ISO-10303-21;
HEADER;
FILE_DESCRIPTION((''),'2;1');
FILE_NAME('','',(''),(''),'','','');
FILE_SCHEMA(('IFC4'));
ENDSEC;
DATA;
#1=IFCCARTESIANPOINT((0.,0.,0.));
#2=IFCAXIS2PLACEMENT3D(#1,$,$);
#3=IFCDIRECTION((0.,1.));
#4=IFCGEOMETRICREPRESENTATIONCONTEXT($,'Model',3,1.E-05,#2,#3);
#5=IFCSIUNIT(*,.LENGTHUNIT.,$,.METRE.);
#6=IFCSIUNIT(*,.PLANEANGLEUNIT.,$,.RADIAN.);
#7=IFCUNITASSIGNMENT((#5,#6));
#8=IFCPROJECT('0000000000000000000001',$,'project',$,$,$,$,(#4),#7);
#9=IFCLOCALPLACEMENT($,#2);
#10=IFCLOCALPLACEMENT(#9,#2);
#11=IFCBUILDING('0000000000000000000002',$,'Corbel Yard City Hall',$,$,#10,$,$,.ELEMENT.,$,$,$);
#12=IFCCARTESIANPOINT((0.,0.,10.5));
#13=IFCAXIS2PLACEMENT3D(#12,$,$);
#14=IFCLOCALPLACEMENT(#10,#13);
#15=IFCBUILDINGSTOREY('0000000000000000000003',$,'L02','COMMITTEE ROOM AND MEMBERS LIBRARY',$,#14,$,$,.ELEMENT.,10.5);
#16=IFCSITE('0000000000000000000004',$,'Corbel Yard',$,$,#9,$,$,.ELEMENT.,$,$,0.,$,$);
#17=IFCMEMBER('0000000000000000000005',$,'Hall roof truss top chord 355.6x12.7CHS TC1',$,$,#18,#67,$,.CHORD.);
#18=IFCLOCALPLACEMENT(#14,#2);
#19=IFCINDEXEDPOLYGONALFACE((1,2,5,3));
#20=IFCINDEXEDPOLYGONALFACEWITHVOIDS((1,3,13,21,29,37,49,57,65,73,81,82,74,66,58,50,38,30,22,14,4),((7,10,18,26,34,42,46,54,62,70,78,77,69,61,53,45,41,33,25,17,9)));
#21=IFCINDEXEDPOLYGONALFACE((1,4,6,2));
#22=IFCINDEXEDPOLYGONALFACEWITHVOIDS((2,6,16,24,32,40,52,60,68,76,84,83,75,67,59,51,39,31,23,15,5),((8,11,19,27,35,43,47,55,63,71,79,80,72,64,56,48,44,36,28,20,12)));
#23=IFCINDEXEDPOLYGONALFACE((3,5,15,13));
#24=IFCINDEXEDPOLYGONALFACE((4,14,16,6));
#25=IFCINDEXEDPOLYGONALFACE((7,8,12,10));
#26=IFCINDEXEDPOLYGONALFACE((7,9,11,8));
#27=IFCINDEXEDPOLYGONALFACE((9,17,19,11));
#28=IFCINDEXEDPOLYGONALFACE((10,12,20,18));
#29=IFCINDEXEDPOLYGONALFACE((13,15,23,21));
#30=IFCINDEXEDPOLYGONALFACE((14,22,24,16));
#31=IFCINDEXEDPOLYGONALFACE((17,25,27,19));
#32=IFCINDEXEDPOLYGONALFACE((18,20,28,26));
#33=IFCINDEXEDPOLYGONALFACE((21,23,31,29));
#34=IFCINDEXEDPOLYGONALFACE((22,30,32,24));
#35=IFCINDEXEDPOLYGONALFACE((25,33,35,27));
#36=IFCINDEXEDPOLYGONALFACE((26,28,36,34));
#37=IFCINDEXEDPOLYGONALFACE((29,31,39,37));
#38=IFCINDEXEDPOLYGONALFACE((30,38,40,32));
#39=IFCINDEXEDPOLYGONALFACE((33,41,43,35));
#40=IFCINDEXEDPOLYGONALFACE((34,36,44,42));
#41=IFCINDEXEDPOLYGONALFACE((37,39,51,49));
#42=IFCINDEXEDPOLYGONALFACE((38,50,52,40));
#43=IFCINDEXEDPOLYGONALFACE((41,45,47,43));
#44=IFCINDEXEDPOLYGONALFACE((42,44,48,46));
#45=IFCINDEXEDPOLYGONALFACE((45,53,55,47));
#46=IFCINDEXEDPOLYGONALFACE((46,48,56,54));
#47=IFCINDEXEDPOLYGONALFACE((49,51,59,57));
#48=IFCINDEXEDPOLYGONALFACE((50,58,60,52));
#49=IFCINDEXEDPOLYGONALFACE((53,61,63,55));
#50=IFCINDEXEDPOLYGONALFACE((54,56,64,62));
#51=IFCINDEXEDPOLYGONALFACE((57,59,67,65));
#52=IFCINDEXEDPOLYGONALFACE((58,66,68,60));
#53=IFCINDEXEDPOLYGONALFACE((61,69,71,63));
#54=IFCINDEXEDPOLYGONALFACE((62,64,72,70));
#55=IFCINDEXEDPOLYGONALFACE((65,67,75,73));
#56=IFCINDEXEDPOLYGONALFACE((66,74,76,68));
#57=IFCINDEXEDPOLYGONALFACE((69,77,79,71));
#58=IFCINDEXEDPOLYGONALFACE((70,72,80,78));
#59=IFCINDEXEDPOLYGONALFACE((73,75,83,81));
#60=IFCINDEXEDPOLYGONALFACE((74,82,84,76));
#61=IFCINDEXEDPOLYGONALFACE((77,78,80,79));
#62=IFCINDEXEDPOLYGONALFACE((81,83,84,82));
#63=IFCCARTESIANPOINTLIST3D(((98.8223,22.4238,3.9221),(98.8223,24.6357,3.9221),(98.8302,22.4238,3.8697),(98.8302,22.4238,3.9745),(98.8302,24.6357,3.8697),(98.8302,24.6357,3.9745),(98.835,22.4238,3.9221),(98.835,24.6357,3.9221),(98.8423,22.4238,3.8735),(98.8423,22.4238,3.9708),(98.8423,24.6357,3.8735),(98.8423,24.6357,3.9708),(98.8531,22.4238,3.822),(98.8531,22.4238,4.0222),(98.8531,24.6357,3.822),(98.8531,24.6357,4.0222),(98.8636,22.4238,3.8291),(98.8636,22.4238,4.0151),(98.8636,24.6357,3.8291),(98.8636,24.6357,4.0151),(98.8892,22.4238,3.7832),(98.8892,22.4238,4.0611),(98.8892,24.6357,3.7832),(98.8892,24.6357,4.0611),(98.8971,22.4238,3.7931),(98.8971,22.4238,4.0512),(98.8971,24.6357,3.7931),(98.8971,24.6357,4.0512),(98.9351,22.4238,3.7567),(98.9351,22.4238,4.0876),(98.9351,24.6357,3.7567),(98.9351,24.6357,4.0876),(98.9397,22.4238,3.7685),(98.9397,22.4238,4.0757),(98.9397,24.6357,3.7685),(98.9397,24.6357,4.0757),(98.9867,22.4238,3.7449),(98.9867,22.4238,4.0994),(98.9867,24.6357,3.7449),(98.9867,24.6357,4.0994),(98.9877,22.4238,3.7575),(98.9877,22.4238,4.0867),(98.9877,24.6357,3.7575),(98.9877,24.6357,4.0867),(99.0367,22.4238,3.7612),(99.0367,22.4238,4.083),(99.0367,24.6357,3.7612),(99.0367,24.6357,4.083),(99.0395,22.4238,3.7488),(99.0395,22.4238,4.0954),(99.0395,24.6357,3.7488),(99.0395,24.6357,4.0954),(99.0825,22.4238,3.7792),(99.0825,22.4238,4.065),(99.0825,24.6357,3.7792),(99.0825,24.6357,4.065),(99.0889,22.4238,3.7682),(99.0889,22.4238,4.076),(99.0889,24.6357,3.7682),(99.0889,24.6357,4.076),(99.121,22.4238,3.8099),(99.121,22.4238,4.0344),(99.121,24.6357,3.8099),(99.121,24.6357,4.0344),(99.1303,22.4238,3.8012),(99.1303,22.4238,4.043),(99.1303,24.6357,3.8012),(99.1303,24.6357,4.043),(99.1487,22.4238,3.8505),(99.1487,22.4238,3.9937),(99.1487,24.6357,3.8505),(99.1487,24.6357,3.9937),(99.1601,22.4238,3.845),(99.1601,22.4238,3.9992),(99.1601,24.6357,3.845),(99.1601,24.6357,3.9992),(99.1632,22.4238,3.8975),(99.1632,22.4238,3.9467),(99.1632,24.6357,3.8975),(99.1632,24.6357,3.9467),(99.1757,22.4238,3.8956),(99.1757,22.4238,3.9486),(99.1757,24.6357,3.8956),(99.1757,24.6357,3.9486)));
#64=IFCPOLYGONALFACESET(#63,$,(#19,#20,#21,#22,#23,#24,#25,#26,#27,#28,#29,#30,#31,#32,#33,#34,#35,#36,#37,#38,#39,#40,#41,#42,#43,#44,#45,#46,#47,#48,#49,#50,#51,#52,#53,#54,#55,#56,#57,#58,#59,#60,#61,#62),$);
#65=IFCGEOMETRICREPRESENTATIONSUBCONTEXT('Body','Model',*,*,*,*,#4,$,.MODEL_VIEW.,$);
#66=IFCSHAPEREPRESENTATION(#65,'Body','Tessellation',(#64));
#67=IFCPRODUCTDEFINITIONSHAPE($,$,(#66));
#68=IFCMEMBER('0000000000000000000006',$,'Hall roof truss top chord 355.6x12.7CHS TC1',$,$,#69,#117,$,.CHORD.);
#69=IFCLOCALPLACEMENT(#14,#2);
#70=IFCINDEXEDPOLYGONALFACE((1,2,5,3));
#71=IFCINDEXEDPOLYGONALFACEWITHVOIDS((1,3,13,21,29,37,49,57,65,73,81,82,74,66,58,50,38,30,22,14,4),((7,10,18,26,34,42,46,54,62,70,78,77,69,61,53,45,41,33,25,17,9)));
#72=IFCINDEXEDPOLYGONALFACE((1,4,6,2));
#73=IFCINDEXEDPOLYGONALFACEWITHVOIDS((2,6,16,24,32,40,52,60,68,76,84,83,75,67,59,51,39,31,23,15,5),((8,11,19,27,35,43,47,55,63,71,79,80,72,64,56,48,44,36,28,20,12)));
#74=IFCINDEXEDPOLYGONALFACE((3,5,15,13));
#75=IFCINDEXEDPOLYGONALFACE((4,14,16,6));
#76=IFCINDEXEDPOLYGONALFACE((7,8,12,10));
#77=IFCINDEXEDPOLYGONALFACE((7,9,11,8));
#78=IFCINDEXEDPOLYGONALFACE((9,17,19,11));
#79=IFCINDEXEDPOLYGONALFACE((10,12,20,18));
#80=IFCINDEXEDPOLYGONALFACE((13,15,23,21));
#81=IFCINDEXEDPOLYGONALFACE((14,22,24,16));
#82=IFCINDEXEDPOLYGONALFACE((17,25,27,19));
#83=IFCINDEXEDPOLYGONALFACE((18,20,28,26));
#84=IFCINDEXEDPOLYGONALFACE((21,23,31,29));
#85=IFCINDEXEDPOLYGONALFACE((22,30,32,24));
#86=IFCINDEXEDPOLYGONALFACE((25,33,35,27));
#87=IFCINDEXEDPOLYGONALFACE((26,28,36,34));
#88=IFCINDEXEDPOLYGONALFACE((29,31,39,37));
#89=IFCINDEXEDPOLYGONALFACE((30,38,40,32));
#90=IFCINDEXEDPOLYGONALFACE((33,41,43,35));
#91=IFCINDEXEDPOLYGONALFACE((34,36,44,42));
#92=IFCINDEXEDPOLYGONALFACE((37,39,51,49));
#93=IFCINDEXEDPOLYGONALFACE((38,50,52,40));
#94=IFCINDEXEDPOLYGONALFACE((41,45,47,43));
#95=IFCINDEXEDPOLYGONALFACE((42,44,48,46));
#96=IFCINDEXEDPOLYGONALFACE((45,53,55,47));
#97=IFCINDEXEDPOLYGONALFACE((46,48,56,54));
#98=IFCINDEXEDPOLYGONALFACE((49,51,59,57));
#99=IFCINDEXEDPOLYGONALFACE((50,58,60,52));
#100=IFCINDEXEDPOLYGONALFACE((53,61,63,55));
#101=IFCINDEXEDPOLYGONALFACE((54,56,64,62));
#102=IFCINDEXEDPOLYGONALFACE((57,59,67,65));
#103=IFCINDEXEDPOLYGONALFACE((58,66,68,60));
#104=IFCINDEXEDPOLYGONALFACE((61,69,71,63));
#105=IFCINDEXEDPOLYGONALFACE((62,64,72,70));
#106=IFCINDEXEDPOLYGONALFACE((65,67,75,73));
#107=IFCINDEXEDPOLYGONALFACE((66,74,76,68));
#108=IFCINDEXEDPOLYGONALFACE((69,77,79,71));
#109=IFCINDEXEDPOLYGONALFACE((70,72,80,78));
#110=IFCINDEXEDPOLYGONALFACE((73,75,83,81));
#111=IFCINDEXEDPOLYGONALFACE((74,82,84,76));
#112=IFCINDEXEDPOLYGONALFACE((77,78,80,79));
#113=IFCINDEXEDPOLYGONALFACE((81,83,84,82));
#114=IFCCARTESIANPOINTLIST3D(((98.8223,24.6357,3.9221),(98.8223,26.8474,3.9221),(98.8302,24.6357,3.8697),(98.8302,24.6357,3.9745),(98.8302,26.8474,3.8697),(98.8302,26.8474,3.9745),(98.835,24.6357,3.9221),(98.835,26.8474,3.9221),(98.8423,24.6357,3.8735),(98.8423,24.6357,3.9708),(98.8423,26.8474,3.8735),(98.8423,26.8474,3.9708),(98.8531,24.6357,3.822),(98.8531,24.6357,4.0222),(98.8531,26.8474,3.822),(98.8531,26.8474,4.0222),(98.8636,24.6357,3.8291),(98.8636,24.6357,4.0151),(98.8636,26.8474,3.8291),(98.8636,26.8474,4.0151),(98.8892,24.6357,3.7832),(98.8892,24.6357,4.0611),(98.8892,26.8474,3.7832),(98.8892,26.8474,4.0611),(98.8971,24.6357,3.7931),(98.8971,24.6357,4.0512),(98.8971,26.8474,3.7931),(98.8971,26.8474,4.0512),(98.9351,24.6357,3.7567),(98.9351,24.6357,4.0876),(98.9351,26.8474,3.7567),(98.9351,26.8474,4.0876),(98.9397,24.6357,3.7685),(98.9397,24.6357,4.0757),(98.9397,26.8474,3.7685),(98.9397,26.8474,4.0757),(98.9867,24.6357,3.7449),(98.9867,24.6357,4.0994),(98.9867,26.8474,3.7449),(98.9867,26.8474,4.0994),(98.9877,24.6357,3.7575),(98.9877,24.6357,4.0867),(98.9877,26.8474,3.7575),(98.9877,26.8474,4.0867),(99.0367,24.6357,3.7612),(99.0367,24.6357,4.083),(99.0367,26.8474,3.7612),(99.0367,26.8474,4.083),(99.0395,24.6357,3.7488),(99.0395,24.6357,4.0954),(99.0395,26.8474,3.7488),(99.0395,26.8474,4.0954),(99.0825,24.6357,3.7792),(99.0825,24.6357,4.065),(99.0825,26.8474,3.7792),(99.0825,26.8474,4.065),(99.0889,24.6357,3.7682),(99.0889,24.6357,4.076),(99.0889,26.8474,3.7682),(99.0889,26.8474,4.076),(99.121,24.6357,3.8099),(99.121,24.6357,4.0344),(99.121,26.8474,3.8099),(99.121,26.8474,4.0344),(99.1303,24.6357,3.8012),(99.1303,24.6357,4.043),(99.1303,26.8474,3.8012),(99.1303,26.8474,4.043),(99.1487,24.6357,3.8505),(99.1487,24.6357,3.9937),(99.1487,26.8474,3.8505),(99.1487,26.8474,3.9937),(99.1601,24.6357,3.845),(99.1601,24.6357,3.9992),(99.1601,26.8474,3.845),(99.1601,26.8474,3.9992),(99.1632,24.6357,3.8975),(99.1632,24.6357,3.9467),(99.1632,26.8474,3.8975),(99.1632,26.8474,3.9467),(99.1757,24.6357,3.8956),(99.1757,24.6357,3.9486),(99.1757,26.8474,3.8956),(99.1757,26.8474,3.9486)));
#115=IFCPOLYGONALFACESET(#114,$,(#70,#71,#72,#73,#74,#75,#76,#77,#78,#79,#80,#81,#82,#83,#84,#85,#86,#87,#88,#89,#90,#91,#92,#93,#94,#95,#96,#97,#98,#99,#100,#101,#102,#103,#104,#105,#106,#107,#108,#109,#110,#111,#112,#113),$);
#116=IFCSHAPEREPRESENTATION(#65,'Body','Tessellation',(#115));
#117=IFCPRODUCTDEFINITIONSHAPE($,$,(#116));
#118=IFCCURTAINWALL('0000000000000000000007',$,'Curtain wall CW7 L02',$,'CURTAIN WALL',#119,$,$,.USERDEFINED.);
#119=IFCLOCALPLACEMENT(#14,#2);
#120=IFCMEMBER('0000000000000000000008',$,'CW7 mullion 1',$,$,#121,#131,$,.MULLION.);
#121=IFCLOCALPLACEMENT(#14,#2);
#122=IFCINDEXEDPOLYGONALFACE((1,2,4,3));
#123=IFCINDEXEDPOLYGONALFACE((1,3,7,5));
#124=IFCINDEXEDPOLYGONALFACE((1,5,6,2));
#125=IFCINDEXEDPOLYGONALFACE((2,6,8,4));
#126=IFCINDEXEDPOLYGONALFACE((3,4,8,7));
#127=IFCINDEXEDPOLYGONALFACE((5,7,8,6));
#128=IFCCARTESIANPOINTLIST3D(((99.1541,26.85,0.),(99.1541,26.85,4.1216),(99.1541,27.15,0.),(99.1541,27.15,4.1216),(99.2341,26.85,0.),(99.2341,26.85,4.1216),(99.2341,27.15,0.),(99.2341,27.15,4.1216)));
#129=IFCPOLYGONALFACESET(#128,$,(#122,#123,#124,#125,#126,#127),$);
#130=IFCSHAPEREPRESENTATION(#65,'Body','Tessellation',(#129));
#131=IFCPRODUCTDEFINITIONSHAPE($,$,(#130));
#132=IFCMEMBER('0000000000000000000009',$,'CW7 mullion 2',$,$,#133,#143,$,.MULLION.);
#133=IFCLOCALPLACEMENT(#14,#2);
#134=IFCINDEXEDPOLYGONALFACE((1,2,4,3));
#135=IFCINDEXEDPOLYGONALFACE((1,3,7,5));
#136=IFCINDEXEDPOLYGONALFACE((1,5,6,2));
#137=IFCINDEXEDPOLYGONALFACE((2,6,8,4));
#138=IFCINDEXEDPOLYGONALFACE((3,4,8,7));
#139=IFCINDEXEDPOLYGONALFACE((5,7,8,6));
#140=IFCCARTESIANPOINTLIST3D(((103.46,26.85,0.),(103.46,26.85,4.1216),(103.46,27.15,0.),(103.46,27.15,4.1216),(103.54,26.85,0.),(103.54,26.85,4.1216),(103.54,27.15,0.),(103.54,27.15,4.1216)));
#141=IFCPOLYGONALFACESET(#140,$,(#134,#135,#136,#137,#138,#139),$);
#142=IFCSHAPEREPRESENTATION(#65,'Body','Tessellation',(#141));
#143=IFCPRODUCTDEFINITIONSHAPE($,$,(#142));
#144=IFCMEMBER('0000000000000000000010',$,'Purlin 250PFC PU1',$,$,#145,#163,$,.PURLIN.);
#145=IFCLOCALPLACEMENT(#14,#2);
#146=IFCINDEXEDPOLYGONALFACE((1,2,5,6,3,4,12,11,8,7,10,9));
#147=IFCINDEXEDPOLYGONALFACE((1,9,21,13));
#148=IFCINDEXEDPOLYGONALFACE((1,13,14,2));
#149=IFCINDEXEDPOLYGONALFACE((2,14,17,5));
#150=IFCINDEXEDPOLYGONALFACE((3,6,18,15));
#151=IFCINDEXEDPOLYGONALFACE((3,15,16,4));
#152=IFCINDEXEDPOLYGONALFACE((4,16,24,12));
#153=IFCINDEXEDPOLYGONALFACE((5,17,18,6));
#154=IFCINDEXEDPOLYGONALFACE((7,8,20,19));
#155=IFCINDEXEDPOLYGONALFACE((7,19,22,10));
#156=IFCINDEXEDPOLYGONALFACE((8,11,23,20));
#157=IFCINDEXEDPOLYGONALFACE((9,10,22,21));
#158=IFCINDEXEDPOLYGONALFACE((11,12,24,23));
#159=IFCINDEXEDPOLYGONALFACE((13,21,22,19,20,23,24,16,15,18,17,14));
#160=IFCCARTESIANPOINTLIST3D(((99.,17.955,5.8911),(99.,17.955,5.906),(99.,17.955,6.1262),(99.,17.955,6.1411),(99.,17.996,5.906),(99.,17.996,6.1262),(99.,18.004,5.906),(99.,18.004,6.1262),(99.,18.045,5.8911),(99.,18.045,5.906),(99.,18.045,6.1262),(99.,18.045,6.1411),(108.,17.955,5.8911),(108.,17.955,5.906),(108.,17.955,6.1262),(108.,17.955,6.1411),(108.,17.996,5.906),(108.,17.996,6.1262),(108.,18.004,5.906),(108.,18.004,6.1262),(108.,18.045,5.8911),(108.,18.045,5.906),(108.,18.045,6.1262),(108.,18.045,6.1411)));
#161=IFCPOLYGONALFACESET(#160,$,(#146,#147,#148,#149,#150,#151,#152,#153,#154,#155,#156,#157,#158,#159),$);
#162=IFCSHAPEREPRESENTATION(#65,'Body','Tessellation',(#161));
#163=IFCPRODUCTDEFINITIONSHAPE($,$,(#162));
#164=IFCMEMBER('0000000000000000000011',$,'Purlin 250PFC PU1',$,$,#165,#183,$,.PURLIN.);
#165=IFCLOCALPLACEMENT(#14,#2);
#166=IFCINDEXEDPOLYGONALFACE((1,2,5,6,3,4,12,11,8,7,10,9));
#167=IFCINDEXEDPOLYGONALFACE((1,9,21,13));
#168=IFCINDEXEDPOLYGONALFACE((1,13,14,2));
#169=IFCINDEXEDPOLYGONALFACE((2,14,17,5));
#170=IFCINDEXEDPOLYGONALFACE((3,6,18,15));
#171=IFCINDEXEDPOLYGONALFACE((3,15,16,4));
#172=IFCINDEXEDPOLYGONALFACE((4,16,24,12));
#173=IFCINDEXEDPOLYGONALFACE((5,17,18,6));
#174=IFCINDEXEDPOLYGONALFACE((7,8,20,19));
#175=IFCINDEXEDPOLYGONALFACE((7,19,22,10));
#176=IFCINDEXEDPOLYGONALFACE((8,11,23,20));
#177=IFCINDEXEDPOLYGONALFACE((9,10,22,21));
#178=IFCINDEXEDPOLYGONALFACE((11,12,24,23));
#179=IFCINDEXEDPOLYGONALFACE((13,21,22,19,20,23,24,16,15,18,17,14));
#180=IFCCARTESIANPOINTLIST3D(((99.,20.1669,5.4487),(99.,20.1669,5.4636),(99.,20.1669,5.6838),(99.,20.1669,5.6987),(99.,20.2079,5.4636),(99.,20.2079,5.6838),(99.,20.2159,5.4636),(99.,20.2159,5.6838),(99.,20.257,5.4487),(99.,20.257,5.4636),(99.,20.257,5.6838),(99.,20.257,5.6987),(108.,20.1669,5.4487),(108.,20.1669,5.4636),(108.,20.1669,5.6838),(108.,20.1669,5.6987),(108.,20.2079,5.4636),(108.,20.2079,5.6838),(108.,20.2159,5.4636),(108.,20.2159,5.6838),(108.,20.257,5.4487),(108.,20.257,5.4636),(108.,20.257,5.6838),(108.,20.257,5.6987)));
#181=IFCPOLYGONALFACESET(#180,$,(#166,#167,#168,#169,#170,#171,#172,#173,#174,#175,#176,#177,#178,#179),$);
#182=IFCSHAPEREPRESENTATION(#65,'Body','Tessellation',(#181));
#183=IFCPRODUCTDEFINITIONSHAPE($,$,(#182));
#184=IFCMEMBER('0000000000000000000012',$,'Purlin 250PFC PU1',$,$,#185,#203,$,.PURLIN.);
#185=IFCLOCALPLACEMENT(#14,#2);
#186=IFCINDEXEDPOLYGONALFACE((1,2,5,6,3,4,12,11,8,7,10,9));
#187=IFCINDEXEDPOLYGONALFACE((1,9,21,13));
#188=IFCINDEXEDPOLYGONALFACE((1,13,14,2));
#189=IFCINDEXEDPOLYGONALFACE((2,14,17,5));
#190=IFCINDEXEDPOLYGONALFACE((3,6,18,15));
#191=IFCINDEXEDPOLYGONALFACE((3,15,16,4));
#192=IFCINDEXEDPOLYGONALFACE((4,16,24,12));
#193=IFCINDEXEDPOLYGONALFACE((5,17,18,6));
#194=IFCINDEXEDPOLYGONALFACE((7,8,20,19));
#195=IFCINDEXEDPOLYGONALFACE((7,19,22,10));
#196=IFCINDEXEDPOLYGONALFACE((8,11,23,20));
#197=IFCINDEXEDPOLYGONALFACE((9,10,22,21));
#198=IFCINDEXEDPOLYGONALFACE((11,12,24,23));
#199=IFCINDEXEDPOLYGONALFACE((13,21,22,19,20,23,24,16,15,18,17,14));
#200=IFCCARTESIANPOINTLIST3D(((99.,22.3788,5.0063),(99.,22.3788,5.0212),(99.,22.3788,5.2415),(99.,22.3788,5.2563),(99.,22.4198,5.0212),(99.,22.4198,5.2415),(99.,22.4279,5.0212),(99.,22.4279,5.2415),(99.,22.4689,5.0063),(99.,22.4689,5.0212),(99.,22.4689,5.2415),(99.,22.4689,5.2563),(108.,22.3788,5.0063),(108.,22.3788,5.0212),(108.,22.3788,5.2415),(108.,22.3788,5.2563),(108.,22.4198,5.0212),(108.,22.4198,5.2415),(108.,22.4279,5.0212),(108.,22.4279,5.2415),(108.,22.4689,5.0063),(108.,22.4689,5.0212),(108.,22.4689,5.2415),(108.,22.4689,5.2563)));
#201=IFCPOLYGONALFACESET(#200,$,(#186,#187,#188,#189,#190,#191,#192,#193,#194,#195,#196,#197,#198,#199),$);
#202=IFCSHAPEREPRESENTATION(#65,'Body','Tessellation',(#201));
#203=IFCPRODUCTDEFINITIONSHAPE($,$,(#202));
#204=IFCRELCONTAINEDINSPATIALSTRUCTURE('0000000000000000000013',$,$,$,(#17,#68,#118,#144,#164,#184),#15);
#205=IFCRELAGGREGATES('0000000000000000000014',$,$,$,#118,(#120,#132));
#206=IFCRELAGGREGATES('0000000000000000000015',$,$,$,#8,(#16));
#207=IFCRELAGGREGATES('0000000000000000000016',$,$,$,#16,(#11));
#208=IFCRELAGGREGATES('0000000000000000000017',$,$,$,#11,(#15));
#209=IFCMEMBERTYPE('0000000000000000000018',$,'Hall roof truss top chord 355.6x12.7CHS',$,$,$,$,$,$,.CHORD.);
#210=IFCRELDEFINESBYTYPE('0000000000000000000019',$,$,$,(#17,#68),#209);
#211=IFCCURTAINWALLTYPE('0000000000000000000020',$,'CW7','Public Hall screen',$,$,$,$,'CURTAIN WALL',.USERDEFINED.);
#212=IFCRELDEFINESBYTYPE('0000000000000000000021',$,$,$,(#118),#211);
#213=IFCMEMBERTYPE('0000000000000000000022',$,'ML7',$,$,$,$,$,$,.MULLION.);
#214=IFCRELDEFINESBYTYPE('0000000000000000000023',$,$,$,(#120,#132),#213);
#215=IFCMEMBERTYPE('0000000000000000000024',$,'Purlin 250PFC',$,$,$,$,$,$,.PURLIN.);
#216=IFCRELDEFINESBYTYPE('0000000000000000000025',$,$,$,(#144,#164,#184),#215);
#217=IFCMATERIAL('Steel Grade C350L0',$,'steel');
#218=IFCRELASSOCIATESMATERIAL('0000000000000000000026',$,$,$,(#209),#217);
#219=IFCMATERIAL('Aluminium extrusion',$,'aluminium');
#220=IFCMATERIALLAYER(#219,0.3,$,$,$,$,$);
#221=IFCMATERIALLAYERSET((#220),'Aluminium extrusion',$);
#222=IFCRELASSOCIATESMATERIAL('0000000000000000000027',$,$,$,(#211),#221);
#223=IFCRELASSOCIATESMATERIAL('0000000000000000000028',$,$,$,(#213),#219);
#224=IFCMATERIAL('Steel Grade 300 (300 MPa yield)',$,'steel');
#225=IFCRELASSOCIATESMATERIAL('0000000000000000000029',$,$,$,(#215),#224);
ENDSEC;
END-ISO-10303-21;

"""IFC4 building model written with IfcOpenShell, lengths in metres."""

from ifc_helpers import new_model, si_unit, direction, frame, origin, origin_2d, place, context, subcontext, project, spatial, rectangle, hollow_circle, i_section, extrude, material, layer, layer_set, material_profile, profile_set, type_object, element, aggregate, save


model = new_model("IFC4")

# Units and contexts
model_context = context("Model", 3, precision=1e-05, world=origin(), true_north=direction((0.0, 1.0)))
body_context = subcontext(model_context, "Body", "Model", "MODEL_VIEW")
ifc_project = project(units=[si_unit("LENGTHUNIT", "METRE"), si_unit("PLANEANGLEUNIT", "RADIAN")], contexts=[model_context])

# Site, building, storey
site_placement = place(None, origin())
site = spatial("IfcSite", under=ifc_project, at=site_placement, Name="Corbel Yard", CompositionType="ELEMENT", RefElevation=0.0)
building_placement = place(site_placement, origin())
building = spatial("IfcBuilding", under=site, at=building_placement, Name="Corbel Yard City Hall", CompositionType="ELEMENT")
storey_placement = place(building_placement, frame((0.0, 0.0, 10.5)))
storey = spatial("IfcBuildingStorey", under=building, at=storey_placement, Name="L02", Description="COMMITTEE ROOM AND MEMBERS LIBRARY", CompositionType="ELEMENT", Elevation=10.5)

# Shared definitions
ifc_material_1 = material(Name="Steel Grade 300 (300 MPa yield)", Category="steel")

# Members
ifc_material_2 = material(Name="Steel Grade C350L0", Category="steel")
ifc_material_profile_1 = material_profile(ifc_material_2, hollow_circle(Radius=0.1777, WallThickness=0.0127, at=origin_2d()), Name="355.6x12.7CHS")
ifc_profile_set_1 = profile_set([ifc_material_profile_1], Name="Steel Grade C350L0")
member_type_1 = type_object("IfcMemberType", Name="Hall roof truss top chord 355.6x12.7CHS", PredefinedType="CHORD", material=ifc_profile_set_1)
for number, where, z_axis, x_axis, name in (
    (1, (99.0, 22.4238, 3.9221), (0.0, 1.0, 0.0), (-1.0, 0.0, 0.0), "Hall roof truss top chord 355.6x12.7CHS TC1"),
):
    element("IfcMember", number, at=place(storey_placement, frame(where, z_axis=z_axis, x_axis=x_axis)), inside=storey, type_object=member_type_1, Name=name, PredefinedType="CHORD", context=body_context, shape_type="SweptSolid", body=[
        extrude(hollow_circle(Radius=0.1777, WallThickness=0.0127, at=origin_2d()), origin(), (0.0, 0.0, 1.0), 2.2119),
    ])
member_1_placement = place(storey_placement, frame((99.0, 24.6357, 3.9221), z_axis=(0.0, 1.0, 0.0), x_axis=(-1.0, 0.0, 0.0)))
element("IfcMember", 2, at=member_1_placement, inside=storey, type_object=member_type_1, Name="Hall roof truss top chord 355.6x12.7CHS TC1", PredefinedType="CHORD", context=body_context, shape_type="SweptSolid", body=[
    extrude(hollow_circle(Radius=0.1777, WallThickness=0.0127, at=origin_2d()), origin(), (0.0, 0.0, 1.0), 2.2117),
])

# Curtain wall, members
ifc_material_3 = material(Name="Aluminium extrusion", Category="aluminium")
ifc_layer_1 = layer(ifc_material_3, 0.3)
ifc_layer_set_1 = layer_set([ifc_layer_1], Name="Aluminium extrusion")
curtain_wall_type = type_object("IfcCurtainWallType", Name="CW7", Description="Public Hall screen", ElementType="CURTAIN WALL", PredefinedType="USERDEFINED", material=ifc_layer_set_1)
curtain_wall_placement = place(storey_placement, origin())
curtain_wall = element("IfcCurtainWall", 3, at=curtain_wall_placement, inside=storey, type_object=curtain_wall_type, Name="Curtain wall CW7 L02", ObjectType="CURTAIN WALL", PredefinedType="USERDEFINED")
ifc_material_profile_2 = material_profile(ifc_material_3, rectangle(XDim=0.3, YDim=0.0801, at=origin_2d()), Name="300x80")
ifc_profile_set_2 = profile_set([ifc_material_profile_2], Name="Aluminium extrusion")
member_type_2 = type_object("IfcMemberType", Name="ML7", PredefinedType="MULLION", material=ifc_profile_set_2)
member_2_placement = place(storey_placement, frame((99.1941, 27.0, 0.0), z_axis=(0.0, 0.0, 1.0), x_axis=(0.0, 1.0, 0.0)))
member_2 = element("IfcMember", 4, at=member_2_placement, type_object=member_type_2, Name="CW7 mullion 1", PredefinedType="MULLION", context=body_context, shape_type="SweptSolid", body=[
    extrude(rectangle(XDim=0.3, YDim=0.0801, at=origin_2d()), origin(), (0.0, 0.0, 1.0), 4.1216),
])
member_3_placement = place(storey_placement, frame((103.5, 27.0, 0.0), z_axis=(0.0, 0.0, 1.0), x_axis=(0.0, 1.0, 0.0)))
member_3 = element("IfcMember", 5, at=member_3_placement, type_object=member_type_2, Name="CW7 mullion 2", PredefinedType="MULLION", context=body_context, shape_type="SweptSolid", body=[
    extrude(rectangle(XDim=0.3, YDim=0.0801, at=origin_2d()), origin(), (0.0, 0.0, 1.0), 4.1216),
])

# Members
ifc_material_profile_3 = material_profile(ifc_material_1, i_section(OverallWidth=0.0901, OverallDepth=0.25, WebThickness=0.0081, FlangeThickness=0.0149, at=origin_2d()), Name="250PFC")
ifc_profile_set_3 = profile_set([ifc_material_profile_3], Name="Steel Grade 300 (300 MPa yield)")
member_type_3 = type_object("IfcMemberType", Name="Purlin 250PFC", PredefinedType="PURLIN", material=ifc_profile_set_3)
for number, where, z_axis, x_axis, name in (
    (6, (99.0, 18.0, 6.0161), (1.0, 0.0, 0.0), (0.0, 1.0, 0.0), "Purlin 250PFC PU1"),
    (7, (99.0, 20.2119, 5.5737), (1.0, 0.0, 0.0), (0.0, 1.0, 0.0), "Purlin 250PFC PU1"),
    (8, (99.0, 22.4238, 5.1313), (1.0, 0.0, 0.0), (0.0, 1.0, 0.0), "Purlin 250PFC PU1"),
):
    element("IfcMember", number, at=place(storey_placement, frame(where, z_axis=z_axis, x_axis=x_axis)), inside=storey, type_object=member_type_3, Name=name, PredefinedType="PURLIN", context=body_context, shape_type="SweptSolid", body=[
        extrude(i_section(OverallWidth=0.0901, OverallDepth=0.25, WebThickness=0.0081, FlangeThickness=0.0149, at=origin_2d()), origin(), (0.0, 0.0, 1.0), 9.0),
    ])

aggregate(curtain_wall, [member_2, member_3])

save(model, "model.ifc")
